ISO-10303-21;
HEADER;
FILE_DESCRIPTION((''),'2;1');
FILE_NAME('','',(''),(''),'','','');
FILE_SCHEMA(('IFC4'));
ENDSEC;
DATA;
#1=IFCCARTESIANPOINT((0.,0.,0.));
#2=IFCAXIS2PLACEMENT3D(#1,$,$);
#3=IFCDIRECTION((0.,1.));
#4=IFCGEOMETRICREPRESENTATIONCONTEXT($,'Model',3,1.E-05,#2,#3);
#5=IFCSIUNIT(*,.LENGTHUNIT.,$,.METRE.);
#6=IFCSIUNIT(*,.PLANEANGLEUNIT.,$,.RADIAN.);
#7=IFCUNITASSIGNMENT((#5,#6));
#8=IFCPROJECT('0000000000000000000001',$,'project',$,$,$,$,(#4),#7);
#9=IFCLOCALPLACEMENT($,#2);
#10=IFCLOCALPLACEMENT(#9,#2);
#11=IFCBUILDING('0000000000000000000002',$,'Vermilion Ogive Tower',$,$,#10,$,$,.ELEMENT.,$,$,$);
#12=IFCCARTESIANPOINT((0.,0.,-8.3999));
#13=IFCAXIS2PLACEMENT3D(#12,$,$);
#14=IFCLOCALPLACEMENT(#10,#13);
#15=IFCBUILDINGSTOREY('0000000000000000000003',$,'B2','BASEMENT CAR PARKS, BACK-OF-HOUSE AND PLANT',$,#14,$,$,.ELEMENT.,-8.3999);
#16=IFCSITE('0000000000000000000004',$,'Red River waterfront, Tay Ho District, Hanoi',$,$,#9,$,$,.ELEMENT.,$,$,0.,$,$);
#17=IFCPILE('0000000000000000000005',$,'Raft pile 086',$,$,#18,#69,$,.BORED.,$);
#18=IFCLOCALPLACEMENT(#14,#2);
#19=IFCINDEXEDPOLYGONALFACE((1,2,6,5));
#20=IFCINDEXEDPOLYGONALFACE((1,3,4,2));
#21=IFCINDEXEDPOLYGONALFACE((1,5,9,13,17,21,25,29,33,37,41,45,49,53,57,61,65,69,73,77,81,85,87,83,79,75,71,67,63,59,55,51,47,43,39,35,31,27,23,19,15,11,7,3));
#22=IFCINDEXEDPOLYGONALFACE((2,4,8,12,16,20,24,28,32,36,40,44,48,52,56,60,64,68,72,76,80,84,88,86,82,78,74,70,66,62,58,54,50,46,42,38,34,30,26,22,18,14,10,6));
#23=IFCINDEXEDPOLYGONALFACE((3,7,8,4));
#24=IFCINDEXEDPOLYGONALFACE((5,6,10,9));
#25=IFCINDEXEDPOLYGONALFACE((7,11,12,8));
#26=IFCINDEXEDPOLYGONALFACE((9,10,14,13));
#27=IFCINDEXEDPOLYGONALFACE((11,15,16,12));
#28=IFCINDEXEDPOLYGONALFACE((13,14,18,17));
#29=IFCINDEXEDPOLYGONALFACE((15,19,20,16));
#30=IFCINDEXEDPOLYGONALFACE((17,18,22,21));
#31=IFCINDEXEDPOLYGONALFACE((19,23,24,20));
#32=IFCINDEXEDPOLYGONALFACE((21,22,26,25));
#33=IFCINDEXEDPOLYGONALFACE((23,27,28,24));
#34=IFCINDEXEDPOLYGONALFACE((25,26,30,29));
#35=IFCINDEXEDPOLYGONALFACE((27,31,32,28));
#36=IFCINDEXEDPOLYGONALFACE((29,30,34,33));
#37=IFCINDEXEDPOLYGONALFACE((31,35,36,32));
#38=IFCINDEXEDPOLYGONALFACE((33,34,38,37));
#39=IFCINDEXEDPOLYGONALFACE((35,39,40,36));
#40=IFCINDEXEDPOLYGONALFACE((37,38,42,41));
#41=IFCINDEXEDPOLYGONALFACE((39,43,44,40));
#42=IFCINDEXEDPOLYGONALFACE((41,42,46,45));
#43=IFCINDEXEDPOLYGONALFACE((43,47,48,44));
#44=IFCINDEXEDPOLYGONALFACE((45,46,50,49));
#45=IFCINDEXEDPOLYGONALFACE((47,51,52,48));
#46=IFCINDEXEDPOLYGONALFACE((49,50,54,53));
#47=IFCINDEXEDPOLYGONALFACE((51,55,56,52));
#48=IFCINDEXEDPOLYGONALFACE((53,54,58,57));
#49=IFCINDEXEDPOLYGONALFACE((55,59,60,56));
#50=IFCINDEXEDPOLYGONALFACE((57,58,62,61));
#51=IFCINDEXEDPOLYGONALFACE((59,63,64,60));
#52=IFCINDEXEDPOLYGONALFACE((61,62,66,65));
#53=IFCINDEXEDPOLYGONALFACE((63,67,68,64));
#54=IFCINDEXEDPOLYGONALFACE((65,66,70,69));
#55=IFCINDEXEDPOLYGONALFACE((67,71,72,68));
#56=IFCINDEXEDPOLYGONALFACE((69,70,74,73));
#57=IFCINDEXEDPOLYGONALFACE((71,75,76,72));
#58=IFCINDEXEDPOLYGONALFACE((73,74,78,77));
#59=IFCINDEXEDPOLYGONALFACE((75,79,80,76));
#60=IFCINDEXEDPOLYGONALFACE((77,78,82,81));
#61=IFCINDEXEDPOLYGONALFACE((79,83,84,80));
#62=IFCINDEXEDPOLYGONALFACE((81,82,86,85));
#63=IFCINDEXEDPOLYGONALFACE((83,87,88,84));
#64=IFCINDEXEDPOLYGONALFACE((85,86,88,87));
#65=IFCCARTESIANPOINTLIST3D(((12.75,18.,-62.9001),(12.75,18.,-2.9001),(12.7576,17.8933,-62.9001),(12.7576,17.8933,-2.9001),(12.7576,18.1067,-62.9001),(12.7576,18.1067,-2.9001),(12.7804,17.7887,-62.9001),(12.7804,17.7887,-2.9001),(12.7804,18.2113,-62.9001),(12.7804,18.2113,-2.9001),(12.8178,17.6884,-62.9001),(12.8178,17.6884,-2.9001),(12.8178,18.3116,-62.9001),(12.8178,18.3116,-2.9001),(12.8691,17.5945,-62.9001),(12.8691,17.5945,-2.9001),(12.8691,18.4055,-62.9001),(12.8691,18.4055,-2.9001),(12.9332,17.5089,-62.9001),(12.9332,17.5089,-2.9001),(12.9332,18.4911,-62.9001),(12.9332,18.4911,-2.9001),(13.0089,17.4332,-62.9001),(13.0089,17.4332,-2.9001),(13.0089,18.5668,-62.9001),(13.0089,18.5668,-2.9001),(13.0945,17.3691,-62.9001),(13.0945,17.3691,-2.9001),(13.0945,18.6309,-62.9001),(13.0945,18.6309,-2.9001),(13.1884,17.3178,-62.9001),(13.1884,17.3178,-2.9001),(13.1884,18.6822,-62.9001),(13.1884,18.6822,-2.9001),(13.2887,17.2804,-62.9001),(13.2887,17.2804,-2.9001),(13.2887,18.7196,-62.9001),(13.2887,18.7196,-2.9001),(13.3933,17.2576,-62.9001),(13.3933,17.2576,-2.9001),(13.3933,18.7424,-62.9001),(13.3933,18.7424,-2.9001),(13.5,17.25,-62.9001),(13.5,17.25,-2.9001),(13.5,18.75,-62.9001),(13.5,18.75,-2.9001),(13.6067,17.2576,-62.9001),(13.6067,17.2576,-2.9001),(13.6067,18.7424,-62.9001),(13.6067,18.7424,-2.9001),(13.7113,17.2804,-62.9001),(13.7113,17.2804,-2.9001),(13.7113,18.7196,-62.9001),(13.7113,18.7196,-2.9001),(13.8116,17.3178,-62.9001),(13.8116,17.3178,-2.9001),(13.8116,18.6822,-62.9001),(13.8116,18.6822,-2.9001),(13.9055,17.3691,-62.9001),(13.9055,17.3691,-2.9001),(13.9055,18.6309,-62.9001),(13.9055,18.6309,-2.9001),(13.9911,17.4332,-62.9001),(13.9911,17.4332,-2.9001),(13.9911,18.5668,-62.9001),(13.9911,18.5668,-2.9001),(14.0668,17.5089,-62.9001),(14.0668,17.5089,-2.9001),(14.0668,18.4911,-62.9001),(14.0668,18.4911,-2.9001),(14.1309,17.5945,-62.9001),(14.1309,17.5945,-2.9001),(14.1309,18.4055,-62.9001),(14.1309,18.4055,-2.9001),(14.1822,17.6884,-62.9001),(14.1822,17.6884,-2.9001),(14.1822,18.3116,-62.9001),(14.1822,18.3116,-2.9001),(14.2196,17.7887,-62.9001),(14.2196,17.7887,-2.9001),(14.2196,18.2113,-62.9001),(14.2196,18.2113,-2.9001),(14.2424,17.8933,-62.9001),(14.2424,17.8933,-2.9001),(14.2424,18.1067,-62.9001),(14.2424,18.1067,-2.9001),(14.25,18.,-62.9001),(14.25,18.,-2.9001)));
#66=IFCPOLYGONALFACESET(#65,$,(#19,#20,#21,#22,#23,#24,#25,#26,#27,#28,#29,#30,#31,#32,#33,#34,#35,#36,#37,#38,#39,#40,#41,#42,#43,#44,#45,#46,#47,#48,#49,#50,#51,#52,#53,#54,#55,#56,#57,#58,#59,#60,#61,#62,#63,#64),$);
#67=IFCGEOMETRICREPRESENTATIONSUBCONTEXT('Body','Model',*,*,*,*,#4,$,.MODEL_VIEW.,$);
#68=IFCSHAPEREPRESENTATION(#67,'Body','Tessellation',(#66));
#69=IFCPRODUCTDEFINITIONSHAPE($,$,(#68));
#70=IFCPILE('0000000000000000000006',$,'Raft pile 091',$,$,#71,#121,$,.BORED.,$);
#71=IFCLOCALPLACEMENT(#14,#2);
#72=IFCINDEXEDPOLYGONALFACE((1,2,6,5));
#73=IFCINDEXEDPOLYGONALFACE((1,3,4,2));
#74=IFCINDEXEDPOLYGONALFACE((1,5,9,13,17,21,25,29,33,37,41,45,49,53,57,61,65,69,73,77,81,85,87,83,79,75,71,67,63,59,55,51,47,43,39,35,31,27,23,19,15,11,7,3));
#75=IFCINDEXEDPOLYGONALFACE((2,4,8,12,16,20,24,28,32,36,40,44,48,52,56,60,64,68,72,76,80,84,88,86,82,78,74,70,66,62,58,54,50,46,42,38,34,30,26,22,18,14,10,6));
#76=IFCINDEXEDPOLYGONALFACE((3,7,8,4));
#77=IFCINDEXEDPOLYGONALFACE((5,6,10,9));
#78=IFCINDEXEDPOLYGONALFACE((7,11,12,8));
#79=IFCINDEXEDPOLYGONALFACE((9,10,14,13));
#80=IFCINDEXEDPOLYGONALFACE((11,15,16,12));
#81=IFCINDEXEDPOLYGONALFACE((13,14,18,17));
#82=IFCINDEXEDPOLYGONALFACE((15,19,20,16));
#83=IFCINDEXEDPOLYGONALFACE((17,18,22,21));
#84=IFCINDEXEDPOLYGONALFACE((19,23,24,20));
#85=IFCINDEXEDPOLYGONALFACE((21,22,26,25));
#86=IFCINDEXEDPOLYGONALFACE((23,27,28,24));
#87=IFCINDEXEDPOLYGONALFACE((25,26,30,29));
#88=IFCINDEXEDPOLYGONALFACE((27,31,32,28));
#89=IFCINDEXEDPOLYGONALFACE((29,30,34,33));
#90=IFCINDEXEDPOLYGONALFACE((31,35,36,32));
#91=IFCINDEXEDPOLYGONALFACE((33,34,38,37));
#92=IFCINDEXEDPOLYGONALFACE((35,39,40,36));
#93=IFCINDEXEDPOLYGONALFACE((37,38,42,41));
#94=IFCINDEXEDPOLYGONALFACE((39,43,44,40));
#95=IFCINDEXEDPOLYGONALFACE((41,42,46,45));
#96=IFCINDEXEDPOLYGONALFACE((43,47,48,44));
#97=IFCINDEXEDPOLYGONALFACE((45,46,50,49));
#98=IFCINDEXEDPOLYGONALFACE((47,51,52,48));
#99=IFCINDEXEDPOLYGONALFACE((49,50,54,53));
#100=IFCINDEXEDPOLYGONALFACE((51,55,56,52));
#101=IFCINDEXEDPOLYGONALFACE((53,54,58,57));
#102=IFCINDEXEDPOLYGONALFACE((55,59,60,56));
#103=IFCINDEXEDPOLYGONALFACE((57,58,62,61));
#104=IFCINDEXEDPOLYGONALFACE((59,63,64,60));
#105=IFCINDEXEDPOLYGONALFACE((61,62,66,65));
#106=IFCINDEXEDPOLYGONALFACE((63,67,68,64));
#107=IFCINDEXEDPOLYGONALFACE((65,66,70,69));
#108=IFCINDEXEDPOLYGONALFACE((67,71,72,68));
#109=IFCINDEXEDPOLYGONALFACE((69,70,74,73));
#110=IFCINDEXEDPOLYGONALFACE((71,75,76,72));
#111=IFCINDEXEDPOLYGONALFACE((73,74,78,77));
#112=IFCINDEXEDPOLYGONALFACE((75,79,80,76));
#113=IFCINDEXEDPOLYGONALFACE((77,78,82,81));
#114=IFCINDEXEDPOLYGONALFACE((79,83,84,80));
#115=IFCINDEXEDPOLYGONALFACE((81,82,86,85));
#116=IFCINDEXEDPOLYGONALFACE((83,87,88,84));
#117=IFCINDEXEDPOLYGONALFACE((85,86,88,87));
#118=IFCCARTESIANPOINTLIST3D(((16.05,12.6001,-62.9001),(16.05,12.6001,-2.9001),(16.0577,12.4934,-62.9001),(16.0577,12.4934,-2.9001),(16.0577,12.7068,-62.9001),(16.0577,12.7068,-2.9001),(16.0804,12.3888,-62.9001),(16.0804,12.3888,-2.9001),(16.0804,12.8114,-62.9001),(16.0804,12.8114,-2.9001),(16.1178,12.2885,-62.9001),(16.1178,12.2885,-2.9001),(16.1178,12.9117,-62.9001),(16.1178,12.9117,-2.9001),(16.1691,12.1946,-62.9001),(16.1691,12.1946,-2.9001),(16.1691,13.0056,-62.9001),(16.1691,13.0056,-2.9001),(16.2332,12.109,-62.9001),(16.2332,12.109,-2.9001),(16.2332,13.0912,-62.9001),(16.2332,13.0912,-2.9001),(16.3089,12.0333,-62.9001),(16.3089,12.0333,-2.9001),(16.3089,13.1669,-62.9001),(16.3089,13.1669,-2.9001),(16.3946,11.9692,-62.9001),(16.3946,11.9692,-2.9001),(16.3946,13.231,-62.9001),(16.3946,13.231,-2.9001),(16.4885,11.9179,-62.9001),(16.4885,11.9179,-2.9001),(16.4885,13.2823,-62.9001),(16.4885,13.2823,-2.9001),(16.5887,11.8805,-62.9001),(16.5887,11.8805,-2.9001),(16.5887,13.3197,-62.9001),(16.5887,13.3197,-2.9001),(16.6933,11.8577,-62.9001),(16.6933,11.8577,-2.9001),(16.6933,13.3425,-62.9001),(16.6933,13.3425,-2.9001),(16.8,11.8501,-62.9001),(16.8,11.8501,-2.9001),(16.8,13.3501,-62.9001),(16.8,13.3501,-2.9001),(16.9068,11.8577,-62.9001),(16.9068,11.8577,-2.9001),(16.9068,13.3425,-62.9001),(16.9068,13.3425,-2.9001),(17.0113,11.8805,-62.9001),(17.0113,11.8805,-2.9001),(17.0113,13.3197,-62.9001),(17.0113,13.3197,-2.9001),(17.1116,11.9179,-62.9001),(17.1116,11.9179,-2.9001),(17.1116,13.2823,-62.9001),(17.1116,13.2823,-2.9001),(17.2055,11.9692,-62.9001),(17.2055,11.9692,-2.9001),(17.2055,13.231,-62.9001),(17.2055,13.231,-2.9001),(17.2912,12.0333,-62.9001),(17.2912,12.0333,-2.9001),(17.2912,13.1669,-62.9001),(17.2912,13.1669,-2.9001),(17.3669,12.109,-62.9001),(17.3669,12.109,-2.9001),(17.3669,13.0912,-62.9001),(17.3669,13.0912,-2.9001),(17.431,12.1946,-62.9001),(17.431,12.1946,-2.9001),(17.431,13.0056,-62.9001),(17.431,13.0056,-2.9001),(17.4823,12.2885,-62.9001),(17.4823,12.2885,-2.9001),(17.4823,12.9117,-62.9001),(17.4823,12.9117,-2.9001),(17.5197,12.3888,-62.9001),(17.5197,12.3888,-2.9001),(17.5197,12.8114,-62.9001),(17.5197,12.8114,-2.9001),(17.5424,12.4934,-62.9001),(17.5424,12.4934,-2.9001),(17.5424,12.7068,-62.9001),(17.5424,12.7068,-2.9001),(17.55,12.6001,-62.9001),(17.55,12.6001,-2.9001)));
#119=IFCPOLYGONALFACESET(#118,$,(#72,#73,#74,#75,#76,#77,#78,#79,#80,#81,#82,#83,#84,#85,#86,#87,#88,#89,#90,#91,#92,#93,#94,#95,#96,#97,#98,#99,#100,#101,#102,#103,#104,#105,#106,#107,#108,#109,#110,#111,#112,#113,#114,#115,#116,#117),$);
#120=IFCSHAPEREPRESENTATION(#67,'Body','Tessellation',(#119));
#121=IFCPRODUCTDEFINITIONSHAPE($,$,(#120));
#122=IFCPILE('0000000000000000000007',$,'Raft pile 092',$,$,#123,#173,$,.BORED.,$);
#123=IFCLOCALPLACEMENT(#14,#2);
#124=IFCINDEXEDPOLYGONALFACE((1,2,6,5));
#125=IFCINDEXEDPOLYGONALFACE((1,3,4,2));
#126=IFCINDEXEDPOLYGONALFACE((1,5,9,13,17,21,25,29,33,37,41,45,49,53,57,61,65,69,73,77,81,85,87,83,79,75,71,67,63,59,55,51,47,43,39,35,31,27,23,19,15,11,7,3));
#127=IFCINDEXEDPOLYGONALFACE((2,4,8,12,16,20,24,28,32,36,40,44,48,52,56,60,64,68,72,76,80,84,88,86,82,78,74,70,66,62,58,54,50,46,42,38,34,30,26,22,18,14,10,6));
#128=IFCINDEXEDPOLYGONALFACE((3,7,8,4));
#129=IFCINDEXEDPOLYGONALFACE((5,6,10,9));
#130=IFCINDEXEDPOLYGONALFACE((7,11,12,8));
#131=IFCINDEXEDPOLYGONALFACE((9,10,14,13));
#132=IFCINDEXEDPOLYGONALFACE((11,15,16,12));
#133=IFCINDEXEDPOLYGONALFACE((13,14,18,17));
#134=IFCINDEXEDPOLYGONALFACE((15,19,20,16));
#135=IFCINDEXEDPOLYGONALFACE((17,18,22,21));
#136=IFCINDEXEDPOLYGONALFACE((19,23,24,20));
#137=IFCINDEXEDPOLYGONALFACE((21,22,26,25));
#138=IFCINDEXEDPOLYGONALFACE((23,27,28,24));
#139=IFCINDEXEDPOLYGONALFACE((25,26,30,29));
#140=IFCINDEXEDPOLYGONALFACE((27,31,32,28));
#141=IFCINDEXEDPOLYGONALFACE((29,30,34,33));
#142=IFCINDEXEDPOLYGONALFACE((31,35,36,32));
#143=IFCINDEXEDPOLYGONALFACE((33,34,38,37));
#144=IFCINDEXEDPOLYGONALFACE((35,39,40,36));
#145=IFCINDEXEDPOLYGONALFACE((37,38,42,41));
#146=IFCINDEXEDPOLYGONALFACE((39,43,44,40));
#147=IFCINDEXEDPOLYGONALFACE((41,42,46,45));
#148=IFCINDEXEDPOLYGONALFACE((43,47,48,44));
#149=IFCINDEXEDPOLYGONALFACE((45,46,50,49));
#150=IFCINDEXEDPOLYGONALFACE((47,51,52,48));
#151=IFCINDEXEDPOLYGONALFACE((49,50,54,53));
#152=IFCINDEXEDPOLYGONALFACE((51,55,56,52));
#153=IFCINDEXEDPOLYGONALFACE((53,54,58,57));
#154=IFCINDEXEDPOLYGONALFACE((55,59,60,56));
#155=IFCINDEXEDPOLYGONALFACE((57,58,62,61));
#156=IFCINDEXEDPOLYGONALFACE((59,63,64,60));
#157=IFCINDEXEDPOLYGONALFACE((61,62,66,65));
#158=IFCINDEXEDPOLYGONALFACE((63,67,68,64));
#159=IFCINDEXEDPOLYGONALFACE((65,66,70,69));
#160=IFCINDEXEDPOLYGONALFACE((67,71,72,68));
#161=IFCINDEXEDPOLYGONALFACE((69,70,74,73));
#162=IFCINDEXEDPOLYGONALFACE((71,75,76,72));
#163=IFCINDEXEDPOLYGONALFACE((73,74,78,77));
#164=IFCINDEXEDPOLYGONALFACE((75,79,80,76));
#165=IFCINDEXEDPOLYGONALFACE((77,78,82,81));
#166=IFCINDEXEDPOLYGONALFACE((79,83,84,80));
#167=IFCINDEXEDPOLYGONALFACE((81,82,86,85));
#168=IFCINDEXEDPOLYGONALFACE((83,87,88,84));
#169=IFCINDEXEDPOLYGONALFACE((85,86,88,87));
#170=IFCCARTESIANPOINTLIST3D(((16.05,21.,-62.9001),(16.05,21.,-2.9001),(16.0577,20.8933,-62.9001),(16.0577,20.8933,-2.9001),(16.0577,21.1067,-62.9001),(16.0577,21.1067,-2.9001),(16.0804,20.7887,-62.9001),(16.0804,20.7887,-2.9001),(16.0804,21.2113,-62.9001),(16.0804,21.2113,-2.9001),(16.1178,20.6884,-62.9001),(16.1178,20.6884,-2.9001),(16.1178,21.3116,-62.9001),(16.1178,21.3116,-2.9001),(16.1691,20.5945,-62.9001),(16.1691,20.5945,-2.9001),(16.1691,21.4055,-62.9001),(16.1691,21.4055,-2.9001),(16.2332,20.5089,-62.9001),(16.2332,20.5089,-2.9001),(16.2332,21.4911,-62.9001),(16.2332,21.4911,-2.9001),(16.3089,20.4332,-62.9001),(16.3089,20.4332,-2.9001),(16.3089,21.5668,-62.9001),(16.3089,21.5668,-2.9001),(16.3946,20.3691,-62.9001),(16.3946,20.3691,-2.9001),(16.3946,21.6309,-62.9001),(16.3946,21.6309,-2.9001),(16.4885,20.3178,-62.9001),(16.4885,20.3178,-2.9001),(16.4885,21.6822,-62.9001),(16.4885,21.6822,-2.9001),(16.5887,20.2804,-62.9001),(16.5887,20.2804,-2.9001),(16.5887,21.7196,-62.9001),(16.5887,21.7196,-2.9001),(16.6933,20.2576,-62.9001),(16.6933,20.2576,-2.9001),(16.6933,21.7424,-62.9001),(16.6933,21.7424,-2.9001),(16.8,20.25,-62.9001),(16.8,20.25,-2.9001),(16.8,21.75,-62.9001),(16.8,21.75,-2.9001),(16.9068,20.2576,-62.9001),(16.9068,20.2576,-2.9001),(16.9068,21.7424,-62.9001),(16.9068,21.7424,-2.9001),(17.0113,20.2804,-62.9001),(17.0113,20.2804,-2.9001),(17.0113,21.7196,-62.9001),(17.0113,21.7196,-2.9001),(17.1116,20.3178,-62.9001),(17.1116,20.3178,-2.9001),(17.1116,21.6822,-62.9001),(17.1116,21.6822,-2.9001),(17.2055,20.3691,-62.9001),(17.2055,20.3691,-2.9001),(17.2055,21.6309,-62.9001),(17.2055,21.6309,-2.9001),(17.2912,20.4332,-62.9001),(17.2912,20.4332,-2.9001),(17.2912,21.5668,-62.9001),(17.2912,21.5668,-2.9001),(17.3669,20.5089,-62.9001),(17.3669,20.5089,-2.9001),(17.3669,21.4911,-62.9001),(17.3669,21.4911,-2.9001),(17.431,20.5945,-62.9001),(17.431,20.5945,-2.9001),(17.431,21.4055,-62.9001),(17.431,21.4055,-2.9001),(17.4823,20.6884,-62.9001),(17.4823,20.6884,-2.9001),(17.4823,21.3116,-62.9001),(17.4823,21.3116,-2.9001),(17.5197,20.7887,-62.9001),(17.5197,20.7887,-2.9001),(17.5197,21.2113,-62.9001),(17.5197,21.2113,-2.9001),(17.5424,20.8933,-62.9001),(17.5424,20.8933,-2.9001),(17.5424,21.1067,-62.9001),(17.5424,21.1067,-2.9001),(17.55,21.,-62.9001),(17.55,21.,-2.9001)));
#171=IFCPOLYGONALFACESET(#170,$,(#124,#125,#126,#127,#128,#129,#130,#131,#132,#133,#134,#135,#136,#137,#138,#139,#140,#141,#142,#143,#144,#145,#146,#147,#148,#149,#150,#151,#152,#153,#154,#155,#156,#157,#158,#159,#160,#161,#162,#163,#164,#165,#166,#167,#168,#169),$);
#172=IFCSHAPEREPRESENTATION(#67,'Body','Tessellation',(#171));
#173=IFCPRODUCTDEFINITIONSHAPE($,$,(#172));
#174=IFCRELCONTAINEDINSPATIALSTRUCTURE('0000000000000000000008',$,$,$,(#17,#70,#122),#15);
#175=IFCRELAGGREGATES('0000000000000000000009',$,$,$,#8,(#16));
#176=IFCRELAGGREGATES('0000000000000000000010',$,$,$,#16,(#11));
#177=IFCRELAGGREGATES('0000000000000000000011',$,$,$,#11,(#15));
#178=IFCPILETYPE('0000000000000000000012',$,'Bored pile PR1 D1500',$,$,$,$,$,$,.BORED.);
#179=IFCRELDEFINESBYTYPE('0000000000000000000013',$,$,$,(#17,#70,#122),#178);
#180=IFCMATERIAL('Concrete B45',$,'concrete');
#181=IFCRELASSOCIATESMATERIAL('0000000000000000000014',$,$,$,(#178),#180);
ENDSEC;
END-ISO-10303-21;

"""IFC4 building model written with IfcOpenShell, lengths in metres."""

from ifc_helpers import new_model, si_unit, direction, frame, origin, origin_2d, place, context, subcontext, project, spatial, circle, extrude, material, type_object, element, save


model = new_model("IFC4")

# Units and contexts
model_context = context("Model", 3, precision=1e-05, world=origin(), true_north=direction((0.0, 1.0)))
body_context = subcontext(model_context, "Body", "Model", "MODEL_VIEW")
ifc_project = project(units=[si_unit("LENGTHUNIT", "METRE"), si_unit("PLANEANGLEUNIT", "RADIAN")], contexts=[model_context])

# Site, building, storey
site_placement = place(None, origin())
site = spatial("IfcSite", under=ifc_project, at=site_placement, Name="Red River waterfront, Tay Ho District, Hanoi", CompositionType="ELEMENT", RefElevation=0.0)
building_placement = place(site_placement, origin())
building = spatial("IfcBuilding", under=site, at=building_placement, Name="Vermilion Ogive Tower", CompositionType="ELEMENT")
storey_placement = place(building_placement, frame((0.0, 0.0, -8.3999)))
storey = spatial("IfcBuildingStorey", under=building, at=storey_placement, Name="B2", Description="BASEMENT CAR PARKS, BACK-OF-HOUSE AND PLANT", CompositionType="ELEMENT", Elevation=-8.3999)

# Piles
ifc_material_1 = material(Name="Concrete B45", Category="concrete")
pile_type = type_object("IfcPileType", Name="Bored pile PR1 D1500", PredefinedType="BORED", material=ifc_material_1)
for number, where, z_axis, x_axis, name in (
    (1, (13.5, 18.0, -2.9001), (0.0, 0.0, -1.0), (1.0, 0.0, 0.0), "Raft pile 086"),
    (2, (16.8, 12.6001, -2.9001), (0.0, 0.0, -1.0), (1.0, 0.0, 0.0), "Raft pile 091"),
    (3, (16.8, 21.0, -2.9001), (0.0, 0.0, -1.0), (1.0, 0.0, 0.0), "Raft pile 092"),
):
    element("IfcPile", number, at=place(storey_placement, frame(where, z_axis=z_axis, x_axis=x_axis)), inside=storey, type_object=pile_type, Name=name, PredefinedType="BORED", context=body_context, shape_type="SweptSolid", body=[
        extrude(circle(Radius=0.75, at=origin_2d()), origin(), (0.0, 0.0, 1.0), 60.0),
    ])

save(model, "model.ifc")
